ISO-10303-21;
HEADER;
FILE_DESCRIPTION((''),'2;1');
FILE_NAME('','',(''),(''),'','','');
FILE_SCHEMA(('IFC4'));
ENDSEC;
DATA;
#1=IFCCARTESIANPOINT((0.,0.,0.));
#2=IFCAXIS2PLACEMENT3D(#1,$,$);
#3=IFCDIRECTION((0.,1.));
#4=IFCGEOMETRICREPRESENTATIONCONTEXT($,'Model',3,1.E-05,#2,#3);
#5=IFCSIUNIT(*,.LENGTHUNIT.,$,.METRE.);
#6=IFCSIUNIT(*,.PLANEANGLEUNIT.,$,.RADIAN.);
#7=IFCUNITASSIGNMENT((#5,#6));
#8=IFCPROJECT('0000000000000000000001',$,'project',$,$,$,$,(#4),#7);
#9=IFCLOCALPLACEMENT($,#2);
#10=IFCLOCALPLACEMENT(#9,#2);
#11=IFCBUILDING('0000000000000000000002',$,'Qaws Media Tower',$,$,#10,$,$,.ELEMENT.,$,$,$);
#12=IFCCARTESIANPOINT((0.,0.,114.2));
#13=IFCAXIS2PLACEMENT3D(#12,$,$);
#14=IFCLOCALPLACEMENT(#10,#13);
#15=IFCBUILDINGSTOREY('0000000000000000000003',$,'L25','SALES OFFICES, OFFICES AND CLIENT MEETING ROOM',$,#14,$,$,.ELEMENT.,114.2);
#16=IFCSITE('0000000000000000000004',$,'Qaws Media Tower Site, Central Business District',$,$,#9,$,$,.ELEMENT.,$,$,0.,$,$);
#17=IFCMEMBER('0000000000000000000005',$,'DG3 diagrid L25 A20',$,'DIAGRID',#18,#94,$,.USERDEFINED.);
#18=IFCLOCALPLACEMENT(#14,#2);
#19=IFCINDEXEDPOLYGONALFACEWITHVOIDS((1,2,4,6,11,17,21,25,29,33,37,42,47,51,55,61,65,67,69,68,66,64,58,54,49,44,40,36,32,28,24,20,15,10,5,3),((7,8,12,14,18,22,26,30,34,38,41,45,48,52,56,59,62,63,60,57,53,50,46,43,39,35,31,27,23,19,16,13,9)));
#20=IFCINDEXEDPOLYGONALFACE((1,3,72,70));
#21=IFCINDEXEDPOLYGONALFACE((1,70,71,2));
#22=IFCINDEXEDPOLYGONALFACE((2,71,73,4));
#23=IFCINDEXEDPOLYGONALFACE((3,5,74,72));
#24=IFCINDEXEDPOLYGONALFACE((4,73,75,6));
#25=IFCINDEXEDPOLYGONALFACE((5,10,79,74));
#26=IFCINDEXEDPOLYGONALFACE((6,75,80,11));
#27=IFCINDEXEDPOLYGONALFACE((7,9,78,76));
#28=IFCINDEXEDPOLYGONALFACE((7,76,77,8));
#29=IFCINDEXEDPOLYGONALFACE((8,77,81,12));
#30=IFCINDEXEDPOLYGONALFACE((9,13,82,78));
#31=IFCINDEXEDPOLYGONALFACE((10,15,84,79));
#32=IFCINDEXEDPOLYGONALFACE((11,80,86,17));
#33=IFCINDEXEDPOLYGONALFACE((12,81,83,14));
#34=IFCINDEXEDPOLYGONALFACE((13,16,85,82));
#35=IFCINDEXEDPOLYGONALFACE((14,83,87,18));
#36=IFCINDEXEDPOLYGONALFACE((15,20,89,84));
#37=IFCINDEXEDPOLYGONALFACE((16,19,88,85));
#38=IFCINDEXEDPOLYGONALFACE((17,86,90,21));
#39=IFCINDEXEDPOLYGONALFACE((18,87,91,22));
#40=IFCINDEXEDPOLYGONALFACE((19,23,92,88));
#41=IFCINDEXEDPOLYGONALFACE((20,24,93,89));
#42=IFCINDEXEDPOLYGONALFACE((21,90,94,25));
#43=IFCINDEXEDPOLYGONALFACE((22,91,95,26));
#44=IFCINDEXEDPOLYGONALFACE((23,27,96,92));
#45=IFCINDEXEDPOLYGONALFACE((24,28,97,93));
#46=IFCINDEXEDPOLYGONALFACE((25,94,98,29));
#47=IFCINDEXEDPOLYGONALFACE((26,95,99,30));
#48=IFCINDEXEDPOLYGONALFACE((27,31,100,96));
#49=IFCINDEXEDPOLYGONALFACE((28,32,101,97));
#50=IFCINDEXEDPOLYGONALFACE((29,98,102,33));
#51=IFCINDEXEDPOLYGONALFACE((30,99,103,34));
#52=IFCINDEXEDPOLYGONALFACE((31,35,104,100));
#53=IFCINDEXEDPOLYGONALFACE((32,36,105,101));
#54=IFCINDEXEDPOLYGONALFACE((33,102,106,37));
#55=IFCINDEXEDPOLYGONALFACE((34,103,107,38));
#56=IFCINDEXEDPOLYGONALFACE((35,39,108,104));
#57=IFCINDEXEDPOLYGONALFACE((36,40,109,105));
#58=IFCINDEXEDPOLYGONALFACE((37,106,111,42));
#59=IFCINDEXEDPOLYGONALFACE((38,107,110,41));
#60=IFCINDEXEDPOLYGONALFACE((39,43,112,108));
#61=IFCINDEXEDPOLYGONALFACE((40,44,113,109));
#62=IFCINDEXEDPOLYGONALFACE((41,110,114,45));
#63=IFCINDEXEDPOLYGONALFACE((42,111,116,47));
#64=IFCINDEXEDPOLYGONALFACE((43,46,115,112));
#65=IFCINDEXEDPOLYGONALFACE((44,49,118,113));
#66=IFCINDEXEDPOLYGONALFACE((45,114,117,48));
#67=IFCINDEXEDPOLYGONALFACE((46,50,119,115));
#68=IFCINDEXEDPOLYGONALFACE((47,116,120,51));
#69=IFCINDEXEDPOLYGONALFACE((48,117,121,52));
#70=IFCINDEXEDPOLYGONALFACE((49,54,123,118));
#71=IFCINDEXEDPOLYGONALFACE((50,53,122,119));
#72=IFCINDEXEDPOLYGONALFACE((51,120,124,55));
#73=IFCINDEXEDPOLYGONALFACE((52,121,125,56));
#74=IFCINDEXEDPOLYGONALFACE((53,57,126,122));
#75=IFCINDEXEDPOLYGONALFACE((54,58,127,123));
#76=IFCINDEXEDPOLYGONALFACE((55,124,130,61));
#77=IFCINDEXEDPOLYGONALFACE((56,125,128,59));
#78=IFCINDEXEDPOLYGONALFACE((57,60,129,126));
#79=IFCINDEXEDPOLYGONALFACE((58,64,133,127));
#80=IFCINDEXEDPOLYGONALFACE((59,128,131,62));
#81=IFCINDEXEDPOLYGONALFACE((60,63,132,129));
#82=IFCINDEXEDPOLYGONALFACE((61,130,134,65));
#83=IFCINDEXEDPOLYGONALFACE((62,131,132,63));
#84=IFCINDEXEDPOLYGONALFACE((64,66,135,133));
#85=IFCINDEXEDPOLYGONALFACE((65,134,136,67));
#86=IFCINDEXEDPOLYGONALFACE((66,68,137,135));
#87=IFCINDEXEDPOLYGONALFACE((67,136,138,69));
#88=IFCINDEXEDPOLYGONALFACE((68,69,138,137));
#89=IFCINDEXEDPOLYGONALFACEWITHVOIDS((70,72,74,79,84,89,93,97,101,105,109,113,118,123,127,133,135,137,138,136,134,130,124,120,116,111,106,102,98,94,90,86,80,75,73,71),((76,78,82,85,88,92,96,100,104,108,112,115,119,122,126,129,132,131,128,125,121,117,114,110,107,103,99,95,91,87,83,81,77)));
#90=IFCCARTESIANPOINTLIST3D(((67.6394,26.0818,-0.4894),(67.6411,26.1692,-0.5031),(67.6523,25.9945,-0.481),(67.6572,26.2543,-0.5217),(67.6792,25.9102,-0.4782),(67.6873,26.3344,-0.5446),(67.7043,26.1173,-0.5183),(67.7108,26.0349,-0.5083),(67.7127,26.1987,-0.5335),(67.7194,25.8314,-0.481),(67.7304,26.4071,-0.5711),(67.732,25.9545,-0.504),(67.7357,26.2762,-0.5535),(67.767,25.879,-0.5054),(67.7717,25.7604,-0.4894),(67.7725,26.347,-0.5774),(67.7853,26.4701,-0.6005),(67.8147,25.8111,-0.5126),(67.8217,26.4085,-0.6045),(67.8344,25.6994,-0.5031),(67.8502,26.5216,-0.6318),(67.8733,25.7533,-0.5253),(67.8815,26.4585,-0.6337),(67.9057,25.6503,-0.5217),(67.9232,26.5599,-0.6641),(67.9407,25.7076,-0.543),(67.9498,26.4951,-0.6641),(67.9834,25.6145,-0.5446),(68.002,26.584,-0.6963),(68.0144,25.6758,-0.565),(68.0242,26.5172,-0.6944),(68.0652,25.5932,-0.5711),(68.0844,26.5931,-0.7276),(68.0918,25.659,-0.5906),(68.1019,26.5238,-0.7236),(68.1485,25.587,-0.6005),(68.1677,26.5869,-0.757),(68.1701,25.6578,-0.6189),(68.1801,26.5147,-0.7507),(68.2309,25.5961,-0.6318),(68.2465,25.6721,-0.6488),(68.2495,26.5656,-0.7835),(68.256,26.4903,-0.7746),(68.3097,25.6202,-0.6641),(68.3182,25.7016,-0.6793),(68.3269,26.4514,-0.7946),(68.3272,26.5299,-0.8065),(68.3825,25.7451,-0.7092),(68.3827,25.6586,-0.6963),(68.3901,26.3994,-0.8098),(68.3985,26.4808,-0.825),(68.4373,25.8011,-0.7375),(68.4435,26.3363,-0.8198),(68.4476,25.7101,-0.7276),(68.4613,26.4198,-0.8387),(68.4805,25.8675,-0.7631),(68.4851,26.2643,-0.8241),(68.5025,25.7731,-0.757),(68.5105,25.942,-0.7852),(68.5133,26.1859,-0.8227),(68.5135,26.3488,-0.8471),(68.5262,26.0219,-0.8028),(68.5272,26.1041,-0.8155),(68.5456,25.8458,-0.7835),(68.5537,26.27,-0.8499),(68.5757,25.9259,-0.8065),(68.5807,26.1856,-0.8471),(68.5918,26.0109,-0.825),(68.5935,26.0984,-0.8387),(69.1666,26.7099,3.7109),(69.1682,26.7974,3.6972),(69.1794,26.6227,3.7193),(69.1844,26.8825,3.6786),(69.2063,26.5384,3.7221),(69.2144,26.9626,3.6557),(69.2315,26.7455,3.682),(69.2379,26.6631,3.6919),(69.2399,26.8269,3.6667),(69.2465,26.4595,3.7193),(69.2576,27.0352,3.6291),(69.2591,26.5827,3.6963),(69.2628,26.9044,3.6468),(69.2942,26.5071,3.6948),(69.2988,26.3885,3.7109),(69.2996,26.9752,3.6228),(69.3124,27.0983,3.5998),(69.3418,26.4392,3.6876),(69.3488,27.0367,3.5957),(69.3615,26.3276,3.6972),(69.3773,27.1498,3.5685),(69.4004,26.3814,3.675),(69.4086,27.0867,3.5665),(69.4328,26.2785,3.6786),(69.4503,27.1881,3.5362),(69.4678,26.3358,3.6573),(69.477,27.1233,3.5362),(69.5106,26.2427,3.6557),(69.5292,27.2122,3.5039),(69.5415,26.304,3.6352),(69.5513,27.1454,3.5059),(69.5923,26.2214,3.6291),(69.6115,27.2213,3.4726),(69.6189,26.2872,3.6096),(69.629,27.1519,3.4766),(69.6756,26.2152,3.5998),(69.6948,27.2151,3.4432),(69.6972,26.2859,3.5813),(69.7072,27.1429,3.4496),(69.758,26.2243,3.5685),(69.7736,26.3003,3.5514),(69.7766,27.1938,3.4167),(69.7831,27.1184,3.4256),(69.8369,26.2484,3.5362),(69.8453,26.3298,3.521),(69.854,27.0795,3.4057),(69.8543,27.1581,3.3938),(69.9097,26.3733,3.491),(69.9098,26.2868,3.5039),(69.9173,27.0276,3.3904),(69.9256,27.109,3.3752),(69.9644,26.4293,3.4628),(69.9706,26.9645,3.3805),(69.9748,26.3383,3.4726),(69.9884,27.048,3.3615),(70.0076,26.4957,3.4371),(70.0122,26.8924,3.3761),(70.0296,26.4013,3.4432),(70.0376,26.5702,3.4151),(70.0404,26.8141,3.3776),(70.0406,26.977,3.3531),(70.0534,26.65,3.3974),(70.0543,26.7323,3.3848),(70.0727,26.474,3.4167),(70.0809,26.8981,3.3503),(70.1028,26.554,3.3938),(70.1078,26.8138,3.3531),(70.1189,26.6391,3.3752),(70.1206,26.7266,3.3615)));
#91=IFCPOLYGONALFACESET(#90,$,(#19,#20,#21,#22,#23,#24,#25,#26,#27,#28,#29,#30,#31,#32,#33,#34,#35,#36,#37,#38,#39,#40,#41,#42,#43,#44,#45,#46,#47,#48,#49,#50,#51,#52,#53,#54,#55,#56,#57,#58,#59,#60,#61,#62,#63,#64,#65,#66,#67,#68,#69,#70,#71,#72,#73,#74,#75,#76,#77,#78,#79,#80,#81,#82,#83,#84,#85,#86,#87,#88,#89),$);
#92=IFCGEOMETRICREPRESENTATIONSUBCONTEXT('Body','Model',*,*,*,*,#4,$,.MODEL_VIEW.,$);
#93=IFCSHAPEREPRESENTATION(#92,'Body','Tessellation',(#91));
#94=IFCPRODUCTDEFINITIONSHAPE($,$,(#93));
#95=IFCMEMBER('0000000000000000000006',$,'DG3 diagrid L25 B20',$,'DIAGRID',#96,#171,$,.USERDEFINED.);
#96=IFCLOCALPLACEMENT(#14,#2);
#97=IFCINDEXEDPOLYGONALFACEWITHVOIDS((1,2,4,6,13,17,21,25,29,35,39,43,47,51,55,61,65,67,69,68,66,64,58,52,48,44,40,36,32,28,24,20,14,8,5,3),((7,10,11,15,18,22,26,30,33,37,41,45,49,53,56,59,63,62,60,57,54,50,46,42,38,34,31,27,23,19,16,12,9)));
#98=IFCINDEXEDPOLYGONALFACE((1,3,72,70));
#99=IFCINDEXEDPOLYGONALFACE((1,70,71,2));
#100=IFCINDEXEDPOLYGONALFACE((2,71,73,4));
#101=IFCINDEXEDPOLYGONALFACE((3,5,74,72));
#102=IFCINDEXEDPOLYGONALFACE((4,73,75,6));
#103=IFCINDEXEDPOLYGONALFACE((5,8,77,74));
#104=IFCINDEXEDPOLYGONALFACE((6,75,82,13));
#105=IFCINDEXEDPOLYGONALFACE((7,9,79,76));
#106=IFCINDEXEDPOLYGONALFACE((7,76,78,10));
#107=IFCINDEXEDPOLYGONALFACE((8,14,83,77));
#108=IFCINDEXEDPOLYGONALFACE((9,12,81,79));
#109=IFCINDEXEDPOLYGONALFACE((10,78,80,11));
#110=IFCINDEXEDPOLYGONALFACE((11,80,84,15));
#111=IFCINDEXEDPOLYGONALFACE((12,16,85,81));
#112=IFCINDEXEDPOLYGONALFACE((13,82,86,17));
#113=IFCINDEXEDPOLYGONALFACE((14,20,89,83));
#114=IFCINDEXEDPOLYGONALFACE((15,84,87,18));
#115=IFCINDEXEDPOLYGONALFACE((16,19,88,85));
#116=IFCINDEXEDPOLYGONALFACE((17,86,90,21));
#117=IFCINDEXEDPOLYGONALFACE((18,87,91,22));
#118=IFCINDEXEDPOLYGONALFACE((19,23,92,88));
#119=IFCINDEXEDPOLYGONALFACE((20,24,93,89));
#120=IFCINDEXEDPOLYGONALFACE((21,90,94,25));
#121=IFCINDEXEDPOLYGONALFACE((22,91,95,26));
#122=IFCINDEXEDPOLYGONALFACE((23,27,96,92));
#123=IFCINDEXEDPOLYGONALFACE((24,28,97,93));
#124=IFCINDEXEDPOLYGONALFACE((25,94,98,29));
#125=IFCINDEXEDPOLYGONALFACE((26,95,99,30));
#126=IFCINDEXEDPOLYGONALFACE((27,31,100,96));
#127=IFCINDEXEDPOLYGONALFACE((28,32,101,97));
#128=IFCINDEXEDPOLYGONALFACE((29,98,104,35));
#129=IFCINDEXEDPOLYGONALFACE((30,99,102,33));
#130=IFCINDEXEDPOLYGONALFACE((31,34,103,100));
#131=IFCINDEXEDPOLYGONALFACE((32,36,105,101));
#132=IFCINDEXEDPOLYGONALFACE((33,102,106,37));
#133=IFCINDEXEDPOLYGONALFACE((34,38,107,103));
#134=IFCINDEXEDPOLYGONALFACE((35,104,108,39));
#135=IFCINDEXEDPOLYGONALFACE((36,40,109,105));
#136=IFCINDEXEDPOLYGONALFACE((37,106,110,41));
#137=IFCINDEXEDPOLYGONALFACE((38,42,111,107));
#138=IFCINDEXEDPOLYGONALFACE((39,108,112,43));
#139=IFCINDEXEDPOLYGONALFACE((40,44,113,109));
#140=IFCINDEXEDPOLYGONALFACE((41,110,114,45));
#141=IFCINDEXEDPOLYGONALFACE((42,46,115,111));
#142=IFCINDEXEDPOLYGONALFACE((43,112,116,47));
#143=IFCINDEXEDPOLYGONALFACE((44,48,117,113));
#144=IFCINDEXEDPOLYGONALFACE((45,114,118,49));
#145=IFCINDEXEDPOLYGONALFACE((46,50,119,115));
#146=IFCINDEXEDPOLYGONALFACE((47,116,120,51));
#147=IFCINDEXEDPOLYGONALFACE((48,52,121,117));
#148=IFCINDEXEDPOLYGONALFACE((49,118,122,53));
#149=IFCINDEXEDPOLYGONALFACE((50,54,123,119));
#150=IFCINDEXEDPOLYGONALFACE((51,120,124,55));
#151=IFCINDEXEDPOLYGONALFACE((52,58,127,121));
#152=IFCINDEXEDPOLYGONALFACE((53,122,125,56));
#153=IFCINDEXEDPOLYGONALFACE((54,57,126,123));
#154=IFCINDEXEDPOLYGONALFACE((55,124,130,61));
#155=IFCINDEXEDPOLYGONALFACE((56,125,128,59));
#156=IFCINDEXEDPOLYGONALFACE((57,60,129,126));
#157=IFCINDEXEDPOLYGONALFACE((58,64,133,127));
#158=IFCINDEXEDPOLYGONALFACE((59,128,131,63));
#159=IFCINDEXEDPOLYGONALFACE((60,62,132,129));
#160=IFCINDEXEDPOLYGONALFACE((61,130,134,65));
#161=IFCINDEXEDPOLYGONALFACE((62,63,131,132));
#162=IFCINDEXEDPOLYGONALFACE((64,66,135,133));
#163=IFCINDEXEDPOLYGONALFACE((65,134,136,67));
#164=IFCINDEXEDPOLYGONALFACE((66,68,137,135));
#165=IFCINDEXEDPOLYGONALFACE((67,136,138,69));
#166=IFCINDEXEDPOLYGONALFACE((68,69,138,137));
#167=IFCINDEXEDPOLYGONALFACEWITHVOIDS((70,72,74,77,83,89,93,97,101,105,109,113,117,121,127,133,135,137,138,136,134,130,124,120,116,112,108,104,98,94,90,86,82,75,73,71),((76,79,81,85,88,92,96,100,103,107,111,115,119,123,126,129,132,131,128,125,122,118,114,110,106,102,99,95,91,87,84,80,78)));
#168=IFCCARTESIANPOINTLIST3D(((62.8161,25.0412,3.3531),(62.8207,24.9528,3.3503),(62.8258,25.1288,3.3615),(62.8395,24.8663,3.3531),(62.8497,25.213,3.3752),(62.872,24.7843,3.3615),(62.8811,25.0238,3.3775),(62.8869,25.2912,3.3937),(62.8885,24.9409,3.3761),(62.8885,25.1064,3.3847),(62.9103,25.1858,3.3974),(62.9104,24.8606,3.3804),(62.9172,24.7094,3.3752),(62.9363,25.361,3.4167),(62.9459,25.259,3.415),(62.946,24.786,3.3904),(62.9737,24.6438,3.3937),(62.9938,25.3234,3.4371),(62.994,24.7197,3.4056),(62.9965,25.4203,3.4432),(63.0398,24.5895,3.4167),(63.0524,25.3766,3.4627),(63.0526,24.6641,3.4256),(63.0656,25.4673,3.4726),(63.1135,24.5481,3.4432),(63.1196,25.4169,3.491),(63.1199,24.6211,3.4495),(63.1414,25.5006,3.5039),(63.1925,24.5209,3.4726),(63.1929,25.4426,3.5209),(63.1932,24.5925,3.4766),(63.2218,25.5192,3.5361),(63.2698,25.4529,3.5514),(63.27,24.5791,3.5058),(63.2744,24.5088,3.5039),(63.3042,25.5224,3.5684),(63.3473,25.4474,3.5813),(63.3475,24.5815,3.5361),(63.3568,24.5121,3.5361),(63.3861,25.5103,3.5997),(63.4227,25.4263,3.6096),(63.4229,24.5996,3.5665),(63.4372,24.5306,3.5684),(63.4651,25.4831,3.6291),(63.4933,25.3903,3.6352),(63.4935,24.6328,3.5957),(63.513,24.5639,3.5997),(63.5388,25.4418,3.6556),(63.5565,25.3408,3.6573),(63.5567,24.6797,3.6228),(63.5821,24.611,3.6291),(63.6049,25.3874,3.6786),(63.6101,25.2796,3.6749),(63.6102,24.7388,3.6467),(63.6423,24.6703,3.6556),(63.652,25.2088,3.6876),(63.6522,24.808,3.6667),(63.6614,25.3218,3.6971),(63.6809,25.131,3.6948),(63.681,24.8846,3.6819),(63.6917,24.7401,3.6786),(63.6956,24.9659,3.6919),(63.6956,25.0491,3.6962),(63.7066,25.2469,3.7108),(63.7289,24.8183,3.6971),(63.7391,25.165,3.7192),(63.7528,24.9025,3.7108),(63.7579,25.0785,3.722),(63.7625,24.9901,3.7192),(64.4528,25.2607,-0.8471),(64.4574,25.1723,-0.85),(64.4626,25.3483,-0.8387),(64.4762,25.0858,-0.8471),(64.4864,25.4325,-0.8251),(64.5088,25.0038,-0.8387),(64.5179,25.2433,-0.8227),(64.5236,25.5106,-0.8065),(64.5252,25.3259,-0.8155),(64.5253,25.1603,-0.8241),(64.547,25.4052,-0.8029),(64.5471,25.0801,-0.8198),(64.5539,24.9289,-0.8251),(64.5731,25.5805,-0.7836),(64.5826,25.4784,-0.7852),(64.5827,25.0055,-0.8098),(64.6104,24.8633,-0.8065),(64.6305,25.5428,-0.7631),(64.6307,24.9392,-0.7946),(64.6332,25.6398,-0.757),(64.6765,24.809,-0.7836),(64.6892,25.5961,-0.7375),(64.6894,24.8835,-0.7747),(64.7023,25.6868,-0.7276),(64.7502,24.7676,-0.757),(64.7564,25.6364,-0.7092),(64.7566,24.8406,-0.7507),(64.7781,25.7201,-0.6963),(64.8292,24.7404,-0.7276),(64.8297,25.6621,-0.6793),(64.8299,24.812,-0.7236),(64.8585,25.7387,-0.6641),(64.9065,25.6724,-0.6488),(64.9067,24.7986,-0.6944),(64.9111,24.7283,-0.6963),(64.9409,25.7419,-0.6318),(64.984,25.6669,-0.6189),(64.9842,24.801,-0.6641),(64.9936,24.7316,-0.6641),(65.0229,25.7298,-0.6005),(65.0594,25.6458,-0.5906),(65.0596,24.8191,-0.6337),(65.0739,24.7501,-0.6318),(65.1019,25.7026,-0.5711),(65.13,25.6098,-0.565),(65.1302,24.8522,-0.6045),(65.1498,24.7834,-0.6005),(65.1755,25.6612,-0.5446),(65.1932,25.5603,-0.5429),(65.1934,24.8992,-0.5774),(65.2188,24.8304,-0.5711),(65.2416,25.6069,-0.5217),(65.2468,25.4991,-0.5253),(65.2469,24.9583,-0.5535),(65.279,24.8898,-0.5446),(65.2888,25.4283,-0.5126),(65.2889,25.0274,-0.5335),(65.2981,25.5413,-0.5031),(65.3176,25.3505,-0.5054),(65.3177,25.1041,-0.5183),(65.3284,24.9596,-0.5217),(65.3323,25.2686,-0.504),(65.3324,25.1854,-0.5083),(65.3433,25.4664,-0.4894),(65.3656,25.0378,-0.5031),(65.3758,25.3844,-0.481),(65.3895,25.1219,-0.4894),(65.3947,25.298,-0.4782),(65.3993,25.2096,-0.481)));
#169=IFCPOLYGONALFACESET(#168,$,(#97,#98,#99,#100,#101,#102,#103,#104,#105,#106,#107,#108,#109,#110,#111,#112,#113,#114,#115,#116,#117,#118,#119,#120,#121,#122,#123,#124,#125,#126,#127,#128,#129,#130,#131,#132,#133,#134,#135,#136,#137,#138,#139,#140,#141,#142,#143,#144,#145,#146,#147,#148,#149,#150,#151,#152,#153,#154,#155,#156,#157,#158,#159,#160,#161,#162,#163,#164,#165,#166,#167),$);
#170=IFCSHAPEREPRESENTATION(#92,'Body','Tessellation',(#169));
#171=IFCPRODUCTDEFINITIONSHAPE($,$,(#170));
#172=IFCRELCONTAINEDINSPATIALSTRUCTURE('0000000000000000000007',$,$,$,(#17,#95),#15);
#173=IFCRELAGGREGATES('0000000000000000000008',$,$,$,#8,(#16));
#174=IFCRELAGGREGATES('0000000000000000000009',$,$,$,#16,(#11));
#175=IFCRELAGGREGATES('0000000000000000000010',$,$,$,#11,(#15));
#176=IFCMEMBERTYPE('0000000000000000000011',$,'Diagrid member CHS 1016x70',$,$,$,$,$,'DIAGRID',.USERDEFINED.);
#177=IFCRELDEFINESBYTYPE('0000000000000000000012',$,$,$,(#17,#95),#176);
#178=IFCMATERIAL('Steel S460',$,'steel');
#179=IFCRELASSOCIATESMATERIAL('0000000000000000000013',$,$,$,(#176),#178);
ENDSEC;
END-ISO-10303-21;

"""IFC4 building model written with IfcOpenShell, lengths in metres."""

from ifc_helpers import new_model, si_unit, direction, frame, origin, origin_2d, place, context, subcontext, project, spatial, hollow_circle, extrude, material, material_profile, profile_set, type_object, element, save


model = new_model("IFC4")

# Units and contexts
model_context = context("Model", 3, precision=1e-05, world=origin(), true_north=direction((0.0, 1.0)))
body_context = subcontext(model_context, "Body", "Model", "MODEL_VIEW")
ifc_project = project(units=[si_unit("LENGTHUNIT", "METRE"), si_unit("PLANEANGLEUNIT", "RADIAN")], contexts=[model_context])

# Site, building, storey
site_placement = place(None, origin())
site = spatial("IfcSite", under=ifc_project, at=site_placement, Name="Qaws Media Tower Site, Central Business District", CompositionType="ELEMENT", RefElevation=0.0)
building_placement = place(site_placement, origin())
building = spatial("IfcBuilding", under=site, at=building_placement, Name="Qaws Media Tower", CompositionType="ELEMENT")
storey_placement = place(building_placement, frame((0.0, 0.0, 114.2)))
storey = spatial("IfcBuildingStorey", under=building, at=storey_placement, Name="L25", Description="SALES OFFICES, OFFICES AND CLIENT MEETING ROOM", CompositionType="ELEMENT", Elevation=114.2)

# Members
ifc_material_1 = material(Name="Steel S460", Category="steel")
ifc_material_profile_1 = material_profile(ifc_material_1, hollow_circle(Radius=0.5081, WallThickness=0.0701, at=origin_2d()), Name="CHS 1016x70")
ifc_profile_set_1 = profile_set([ifc_material_profile_1], Name="Steel S460")
member_type_1 = type_object("IfcMemberType", Name="Diagrid member CHS 1016x70", ElementType="DIAGRID", PredefinedType="USERDEFINED", material=ifc_profile_set_1)
for number, where, z_axis, x_axis, name in (
    (1, (68.1165, 26.0901, -0.6641), (0.338369, 0.139188, 0.930663), (-0.380423, 0.924813, 0.0), "DG3 diagrid L25 A20"),
    (2, (64.926, 25.2351, -0.6641), (-0.362654, -0.048632, 0.930654), (0.132909, -0.991128, 0.0), "DG3 diagrid L25 B20"),
):
    element("IfcMember", number, at=place(storey_placement, frame(where, z_axis=z_axis, x_axis=x_axis)), inside=storey, type_object=member_type_1, Name=name, ObjectType="DIAGRID", PredefinedType="USERDEFINED", context=body_context, shape_type="SweptSolid", body=[
        extrude(hollow_circle(Radius=0.5081, WallThickness=0.0701, at=origin_2d()), origin(), (0.0, 0.0, 1.0), 4.5132),
    ])

save(model, "model.ifc")
